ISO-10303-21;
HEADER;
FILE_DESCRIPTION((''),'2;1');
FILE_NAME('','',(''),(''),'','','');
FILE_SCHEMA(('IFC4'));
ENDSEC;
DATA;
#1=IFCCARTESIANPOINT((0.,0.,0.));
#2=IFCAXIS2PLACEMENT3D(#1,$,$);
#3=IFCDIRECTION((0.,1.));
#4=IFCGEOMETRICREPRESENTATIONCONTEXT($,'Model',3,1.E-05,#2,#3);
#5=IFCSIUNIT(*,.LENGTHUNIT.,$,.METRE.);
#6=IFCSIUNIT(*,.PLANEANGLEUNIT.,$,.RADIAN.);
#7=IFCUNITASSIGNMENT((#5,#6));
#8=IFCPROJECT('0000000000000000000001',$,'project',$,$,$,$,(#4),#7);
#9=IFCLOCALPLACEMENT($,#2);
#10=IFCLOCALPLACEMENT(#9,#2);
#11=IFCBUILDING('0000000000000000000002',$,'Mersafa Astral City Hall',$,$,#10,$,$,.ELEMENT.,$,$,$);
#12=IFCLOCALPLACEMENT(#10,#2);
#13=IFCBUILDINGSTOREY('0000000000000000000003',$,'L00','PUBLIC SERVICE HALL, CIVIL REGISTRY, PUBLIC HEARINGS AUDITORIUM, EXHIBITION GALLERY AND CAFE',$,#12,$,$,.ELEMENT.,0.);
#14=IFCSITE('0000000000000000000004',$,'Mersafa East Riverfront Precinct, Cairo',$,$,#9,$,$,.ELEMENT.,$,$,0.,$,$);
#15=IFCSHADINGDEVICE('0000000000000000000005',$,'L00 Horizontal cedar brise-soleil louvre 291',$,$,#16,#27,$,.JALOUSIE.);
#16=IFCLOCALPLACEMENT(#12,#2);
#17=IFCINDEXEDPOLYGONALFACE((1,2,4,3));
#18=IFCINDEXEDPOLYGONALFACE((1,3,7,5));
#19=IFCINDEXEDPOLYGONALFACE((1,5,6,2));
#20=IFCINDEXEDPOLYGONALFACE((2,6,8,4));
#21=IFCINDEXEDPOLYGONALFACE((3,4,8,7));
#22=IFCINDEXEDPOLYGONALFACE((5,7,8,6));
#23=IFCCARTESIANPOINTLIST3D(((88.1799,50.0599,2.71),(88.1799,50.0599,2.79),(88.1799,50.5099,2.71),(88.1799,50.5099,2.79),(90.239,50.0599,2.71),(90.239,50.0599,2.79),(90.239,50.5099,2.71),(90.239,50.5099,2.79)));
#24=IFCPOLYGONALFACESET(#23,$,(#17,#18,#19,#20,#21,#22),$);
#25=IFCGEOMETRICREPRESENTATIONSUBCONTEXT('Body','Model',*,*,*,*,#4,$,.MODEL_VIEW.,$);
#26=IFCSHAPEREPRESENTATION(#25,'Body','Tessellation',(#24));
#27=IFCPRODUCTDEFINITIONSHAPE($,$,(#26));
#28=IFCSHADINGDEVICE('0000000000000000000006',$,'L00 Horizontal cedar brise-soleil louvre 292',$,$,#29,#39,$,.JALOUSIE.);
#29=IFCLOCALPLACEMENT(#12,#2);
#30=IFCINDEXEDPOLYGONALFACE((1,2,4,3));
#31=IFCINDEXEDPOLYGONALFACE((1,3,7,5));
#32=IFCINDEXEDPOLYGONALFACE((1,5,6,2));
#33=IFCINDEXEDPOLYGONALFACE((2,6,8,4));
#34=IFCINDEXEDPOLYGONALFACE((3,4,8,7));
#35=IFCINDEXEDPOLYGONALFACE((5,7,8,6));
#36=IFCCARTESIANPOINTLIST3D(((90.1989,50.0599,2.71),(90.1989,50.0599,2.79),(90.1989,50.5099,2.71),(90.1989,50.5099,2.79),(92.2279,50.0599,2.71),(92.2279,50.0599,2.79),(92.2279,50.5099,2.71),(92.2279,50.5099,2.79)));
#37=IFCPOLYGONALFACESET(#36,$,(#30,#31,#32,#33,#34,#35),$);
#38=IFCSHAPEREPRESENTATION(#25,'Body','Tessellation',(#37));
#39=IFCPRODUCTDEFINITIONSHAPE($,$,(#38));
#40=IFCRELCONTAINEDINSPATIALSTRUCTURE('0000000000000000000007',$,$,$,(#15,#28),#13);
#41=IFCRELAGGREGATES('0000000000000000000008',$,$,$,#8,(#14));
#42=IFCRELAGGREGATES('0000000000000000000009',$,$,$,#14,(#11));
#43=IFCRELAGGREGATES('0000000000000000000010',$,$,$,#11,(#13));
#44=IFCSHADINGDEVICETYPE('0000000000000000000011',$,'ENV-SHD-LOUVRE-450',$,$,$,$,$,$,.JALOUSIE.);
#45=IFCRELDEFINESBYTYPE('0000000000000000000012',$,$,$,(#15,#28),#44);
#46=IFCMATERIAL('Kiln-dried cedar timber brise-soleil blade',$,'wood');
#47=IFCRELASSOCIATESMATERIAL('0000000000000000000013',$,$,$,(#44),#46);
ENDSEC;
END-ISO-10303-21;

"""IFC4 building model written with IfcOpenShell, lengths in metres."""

from ifc_helpers import new_model, si_unit, direction, frame, origin, origin_2d, place, context, subcontext, project, spatial, rectangle, extrude, material, type_object, element, save


model = new_model("IFC4")

# Units and contexts
model_context = context("Model", 3, precision=1e-05, world=origin(), true_north=direction((0.0, 1.0)))
body_context = subcontext(model_context, "Body", "Model", "MODEL_VIEW")
ifc_project = project(units=[si_unit("LENGTHUNIT", "METRE"), si_unit("PLANEANGLEUNIT", "RADIAN")], contexts=[model_context])

# Site, building, storey
site_placement = place(None, origin())
site = spatial("IfcSite", under=ifc_project, at=site_placement, Name="Mersafa East Riverfront Precinct, Cairo", CompositionType="ELEMENT", RefElevation=0.0)
building_placement = place(site_placement, origin())
building = spatial("IfcBuilding", under=site, at=building_placement, Name="Mersafa Astral City Hall", CompositionType="ELEMENT")
storey_placement = place(building_placement, origin())
storey = spatial("IfcBuildingStorey", under=building, at=storey_placement, Name="L00", Description="PUBLIC SERVICE HALL, CIVIL REGISTRY, PUBLIC HEARINGS AUDITORIUM, EXHIBITION GALLERY AND CAFE", CompositionType="ELEMENT", Elevation=0.0)

# Shading devices
ifc_material_1 = material(Name="Kiln-dried cedar timber brise-soleil blade", Category="wood")
shading_device_type = type_object("IfcShadingDeviceType", Name="ENV-SHD-LOUVRE-450", PredefinedType="JALOUSIE", material=ifc_material_1)
shading_device_1_placement = place(storey_placement, frame((89.2095, 50.2849, 2.71), z_axis=(0.0, 0.0, 1.0), x_axis=(1.0, 0.0, 0.0)))
element("IfcShadingDevice", 1, at=shading_device_1_placement, inside=storey, type_object=shading_device_type, Name="L00 Horizontal cedar brise-soleil louvre 291", PredefinedType="JALOUSIE", context=body_context, shape_type="SweptSolid", body=[
    extrude(rectangle(XDim=2.0591, YDim=0.45, at=origin_2d()), origin(), (0.0, 0.0, 1.0), 0.0801),
])
shading_device_2_placement = place(storey_placement, frame((91.2134, 50.2849, 2.71), z_axis=(0.0, 0.0, 1.0), x_axis=(1.0, 0.0, 0.0)))
element("IfcShadingDevice", 2, at=shading_device_2_placement, inside=storey, type_object=shading_device_type, Name="L00 Horizontal cedar brise-soleil louvre 292", PredefinedType="JALOUSIE", context=body_context, shape_type="SweptSolid", body=[
    extrude(rectangle(XDim=2.0291, YDim=0.45, at=origin_2d()), origin(), (0.0, 0.0, 1.0), 0.0801),
])

save(model, "model.ifc")
